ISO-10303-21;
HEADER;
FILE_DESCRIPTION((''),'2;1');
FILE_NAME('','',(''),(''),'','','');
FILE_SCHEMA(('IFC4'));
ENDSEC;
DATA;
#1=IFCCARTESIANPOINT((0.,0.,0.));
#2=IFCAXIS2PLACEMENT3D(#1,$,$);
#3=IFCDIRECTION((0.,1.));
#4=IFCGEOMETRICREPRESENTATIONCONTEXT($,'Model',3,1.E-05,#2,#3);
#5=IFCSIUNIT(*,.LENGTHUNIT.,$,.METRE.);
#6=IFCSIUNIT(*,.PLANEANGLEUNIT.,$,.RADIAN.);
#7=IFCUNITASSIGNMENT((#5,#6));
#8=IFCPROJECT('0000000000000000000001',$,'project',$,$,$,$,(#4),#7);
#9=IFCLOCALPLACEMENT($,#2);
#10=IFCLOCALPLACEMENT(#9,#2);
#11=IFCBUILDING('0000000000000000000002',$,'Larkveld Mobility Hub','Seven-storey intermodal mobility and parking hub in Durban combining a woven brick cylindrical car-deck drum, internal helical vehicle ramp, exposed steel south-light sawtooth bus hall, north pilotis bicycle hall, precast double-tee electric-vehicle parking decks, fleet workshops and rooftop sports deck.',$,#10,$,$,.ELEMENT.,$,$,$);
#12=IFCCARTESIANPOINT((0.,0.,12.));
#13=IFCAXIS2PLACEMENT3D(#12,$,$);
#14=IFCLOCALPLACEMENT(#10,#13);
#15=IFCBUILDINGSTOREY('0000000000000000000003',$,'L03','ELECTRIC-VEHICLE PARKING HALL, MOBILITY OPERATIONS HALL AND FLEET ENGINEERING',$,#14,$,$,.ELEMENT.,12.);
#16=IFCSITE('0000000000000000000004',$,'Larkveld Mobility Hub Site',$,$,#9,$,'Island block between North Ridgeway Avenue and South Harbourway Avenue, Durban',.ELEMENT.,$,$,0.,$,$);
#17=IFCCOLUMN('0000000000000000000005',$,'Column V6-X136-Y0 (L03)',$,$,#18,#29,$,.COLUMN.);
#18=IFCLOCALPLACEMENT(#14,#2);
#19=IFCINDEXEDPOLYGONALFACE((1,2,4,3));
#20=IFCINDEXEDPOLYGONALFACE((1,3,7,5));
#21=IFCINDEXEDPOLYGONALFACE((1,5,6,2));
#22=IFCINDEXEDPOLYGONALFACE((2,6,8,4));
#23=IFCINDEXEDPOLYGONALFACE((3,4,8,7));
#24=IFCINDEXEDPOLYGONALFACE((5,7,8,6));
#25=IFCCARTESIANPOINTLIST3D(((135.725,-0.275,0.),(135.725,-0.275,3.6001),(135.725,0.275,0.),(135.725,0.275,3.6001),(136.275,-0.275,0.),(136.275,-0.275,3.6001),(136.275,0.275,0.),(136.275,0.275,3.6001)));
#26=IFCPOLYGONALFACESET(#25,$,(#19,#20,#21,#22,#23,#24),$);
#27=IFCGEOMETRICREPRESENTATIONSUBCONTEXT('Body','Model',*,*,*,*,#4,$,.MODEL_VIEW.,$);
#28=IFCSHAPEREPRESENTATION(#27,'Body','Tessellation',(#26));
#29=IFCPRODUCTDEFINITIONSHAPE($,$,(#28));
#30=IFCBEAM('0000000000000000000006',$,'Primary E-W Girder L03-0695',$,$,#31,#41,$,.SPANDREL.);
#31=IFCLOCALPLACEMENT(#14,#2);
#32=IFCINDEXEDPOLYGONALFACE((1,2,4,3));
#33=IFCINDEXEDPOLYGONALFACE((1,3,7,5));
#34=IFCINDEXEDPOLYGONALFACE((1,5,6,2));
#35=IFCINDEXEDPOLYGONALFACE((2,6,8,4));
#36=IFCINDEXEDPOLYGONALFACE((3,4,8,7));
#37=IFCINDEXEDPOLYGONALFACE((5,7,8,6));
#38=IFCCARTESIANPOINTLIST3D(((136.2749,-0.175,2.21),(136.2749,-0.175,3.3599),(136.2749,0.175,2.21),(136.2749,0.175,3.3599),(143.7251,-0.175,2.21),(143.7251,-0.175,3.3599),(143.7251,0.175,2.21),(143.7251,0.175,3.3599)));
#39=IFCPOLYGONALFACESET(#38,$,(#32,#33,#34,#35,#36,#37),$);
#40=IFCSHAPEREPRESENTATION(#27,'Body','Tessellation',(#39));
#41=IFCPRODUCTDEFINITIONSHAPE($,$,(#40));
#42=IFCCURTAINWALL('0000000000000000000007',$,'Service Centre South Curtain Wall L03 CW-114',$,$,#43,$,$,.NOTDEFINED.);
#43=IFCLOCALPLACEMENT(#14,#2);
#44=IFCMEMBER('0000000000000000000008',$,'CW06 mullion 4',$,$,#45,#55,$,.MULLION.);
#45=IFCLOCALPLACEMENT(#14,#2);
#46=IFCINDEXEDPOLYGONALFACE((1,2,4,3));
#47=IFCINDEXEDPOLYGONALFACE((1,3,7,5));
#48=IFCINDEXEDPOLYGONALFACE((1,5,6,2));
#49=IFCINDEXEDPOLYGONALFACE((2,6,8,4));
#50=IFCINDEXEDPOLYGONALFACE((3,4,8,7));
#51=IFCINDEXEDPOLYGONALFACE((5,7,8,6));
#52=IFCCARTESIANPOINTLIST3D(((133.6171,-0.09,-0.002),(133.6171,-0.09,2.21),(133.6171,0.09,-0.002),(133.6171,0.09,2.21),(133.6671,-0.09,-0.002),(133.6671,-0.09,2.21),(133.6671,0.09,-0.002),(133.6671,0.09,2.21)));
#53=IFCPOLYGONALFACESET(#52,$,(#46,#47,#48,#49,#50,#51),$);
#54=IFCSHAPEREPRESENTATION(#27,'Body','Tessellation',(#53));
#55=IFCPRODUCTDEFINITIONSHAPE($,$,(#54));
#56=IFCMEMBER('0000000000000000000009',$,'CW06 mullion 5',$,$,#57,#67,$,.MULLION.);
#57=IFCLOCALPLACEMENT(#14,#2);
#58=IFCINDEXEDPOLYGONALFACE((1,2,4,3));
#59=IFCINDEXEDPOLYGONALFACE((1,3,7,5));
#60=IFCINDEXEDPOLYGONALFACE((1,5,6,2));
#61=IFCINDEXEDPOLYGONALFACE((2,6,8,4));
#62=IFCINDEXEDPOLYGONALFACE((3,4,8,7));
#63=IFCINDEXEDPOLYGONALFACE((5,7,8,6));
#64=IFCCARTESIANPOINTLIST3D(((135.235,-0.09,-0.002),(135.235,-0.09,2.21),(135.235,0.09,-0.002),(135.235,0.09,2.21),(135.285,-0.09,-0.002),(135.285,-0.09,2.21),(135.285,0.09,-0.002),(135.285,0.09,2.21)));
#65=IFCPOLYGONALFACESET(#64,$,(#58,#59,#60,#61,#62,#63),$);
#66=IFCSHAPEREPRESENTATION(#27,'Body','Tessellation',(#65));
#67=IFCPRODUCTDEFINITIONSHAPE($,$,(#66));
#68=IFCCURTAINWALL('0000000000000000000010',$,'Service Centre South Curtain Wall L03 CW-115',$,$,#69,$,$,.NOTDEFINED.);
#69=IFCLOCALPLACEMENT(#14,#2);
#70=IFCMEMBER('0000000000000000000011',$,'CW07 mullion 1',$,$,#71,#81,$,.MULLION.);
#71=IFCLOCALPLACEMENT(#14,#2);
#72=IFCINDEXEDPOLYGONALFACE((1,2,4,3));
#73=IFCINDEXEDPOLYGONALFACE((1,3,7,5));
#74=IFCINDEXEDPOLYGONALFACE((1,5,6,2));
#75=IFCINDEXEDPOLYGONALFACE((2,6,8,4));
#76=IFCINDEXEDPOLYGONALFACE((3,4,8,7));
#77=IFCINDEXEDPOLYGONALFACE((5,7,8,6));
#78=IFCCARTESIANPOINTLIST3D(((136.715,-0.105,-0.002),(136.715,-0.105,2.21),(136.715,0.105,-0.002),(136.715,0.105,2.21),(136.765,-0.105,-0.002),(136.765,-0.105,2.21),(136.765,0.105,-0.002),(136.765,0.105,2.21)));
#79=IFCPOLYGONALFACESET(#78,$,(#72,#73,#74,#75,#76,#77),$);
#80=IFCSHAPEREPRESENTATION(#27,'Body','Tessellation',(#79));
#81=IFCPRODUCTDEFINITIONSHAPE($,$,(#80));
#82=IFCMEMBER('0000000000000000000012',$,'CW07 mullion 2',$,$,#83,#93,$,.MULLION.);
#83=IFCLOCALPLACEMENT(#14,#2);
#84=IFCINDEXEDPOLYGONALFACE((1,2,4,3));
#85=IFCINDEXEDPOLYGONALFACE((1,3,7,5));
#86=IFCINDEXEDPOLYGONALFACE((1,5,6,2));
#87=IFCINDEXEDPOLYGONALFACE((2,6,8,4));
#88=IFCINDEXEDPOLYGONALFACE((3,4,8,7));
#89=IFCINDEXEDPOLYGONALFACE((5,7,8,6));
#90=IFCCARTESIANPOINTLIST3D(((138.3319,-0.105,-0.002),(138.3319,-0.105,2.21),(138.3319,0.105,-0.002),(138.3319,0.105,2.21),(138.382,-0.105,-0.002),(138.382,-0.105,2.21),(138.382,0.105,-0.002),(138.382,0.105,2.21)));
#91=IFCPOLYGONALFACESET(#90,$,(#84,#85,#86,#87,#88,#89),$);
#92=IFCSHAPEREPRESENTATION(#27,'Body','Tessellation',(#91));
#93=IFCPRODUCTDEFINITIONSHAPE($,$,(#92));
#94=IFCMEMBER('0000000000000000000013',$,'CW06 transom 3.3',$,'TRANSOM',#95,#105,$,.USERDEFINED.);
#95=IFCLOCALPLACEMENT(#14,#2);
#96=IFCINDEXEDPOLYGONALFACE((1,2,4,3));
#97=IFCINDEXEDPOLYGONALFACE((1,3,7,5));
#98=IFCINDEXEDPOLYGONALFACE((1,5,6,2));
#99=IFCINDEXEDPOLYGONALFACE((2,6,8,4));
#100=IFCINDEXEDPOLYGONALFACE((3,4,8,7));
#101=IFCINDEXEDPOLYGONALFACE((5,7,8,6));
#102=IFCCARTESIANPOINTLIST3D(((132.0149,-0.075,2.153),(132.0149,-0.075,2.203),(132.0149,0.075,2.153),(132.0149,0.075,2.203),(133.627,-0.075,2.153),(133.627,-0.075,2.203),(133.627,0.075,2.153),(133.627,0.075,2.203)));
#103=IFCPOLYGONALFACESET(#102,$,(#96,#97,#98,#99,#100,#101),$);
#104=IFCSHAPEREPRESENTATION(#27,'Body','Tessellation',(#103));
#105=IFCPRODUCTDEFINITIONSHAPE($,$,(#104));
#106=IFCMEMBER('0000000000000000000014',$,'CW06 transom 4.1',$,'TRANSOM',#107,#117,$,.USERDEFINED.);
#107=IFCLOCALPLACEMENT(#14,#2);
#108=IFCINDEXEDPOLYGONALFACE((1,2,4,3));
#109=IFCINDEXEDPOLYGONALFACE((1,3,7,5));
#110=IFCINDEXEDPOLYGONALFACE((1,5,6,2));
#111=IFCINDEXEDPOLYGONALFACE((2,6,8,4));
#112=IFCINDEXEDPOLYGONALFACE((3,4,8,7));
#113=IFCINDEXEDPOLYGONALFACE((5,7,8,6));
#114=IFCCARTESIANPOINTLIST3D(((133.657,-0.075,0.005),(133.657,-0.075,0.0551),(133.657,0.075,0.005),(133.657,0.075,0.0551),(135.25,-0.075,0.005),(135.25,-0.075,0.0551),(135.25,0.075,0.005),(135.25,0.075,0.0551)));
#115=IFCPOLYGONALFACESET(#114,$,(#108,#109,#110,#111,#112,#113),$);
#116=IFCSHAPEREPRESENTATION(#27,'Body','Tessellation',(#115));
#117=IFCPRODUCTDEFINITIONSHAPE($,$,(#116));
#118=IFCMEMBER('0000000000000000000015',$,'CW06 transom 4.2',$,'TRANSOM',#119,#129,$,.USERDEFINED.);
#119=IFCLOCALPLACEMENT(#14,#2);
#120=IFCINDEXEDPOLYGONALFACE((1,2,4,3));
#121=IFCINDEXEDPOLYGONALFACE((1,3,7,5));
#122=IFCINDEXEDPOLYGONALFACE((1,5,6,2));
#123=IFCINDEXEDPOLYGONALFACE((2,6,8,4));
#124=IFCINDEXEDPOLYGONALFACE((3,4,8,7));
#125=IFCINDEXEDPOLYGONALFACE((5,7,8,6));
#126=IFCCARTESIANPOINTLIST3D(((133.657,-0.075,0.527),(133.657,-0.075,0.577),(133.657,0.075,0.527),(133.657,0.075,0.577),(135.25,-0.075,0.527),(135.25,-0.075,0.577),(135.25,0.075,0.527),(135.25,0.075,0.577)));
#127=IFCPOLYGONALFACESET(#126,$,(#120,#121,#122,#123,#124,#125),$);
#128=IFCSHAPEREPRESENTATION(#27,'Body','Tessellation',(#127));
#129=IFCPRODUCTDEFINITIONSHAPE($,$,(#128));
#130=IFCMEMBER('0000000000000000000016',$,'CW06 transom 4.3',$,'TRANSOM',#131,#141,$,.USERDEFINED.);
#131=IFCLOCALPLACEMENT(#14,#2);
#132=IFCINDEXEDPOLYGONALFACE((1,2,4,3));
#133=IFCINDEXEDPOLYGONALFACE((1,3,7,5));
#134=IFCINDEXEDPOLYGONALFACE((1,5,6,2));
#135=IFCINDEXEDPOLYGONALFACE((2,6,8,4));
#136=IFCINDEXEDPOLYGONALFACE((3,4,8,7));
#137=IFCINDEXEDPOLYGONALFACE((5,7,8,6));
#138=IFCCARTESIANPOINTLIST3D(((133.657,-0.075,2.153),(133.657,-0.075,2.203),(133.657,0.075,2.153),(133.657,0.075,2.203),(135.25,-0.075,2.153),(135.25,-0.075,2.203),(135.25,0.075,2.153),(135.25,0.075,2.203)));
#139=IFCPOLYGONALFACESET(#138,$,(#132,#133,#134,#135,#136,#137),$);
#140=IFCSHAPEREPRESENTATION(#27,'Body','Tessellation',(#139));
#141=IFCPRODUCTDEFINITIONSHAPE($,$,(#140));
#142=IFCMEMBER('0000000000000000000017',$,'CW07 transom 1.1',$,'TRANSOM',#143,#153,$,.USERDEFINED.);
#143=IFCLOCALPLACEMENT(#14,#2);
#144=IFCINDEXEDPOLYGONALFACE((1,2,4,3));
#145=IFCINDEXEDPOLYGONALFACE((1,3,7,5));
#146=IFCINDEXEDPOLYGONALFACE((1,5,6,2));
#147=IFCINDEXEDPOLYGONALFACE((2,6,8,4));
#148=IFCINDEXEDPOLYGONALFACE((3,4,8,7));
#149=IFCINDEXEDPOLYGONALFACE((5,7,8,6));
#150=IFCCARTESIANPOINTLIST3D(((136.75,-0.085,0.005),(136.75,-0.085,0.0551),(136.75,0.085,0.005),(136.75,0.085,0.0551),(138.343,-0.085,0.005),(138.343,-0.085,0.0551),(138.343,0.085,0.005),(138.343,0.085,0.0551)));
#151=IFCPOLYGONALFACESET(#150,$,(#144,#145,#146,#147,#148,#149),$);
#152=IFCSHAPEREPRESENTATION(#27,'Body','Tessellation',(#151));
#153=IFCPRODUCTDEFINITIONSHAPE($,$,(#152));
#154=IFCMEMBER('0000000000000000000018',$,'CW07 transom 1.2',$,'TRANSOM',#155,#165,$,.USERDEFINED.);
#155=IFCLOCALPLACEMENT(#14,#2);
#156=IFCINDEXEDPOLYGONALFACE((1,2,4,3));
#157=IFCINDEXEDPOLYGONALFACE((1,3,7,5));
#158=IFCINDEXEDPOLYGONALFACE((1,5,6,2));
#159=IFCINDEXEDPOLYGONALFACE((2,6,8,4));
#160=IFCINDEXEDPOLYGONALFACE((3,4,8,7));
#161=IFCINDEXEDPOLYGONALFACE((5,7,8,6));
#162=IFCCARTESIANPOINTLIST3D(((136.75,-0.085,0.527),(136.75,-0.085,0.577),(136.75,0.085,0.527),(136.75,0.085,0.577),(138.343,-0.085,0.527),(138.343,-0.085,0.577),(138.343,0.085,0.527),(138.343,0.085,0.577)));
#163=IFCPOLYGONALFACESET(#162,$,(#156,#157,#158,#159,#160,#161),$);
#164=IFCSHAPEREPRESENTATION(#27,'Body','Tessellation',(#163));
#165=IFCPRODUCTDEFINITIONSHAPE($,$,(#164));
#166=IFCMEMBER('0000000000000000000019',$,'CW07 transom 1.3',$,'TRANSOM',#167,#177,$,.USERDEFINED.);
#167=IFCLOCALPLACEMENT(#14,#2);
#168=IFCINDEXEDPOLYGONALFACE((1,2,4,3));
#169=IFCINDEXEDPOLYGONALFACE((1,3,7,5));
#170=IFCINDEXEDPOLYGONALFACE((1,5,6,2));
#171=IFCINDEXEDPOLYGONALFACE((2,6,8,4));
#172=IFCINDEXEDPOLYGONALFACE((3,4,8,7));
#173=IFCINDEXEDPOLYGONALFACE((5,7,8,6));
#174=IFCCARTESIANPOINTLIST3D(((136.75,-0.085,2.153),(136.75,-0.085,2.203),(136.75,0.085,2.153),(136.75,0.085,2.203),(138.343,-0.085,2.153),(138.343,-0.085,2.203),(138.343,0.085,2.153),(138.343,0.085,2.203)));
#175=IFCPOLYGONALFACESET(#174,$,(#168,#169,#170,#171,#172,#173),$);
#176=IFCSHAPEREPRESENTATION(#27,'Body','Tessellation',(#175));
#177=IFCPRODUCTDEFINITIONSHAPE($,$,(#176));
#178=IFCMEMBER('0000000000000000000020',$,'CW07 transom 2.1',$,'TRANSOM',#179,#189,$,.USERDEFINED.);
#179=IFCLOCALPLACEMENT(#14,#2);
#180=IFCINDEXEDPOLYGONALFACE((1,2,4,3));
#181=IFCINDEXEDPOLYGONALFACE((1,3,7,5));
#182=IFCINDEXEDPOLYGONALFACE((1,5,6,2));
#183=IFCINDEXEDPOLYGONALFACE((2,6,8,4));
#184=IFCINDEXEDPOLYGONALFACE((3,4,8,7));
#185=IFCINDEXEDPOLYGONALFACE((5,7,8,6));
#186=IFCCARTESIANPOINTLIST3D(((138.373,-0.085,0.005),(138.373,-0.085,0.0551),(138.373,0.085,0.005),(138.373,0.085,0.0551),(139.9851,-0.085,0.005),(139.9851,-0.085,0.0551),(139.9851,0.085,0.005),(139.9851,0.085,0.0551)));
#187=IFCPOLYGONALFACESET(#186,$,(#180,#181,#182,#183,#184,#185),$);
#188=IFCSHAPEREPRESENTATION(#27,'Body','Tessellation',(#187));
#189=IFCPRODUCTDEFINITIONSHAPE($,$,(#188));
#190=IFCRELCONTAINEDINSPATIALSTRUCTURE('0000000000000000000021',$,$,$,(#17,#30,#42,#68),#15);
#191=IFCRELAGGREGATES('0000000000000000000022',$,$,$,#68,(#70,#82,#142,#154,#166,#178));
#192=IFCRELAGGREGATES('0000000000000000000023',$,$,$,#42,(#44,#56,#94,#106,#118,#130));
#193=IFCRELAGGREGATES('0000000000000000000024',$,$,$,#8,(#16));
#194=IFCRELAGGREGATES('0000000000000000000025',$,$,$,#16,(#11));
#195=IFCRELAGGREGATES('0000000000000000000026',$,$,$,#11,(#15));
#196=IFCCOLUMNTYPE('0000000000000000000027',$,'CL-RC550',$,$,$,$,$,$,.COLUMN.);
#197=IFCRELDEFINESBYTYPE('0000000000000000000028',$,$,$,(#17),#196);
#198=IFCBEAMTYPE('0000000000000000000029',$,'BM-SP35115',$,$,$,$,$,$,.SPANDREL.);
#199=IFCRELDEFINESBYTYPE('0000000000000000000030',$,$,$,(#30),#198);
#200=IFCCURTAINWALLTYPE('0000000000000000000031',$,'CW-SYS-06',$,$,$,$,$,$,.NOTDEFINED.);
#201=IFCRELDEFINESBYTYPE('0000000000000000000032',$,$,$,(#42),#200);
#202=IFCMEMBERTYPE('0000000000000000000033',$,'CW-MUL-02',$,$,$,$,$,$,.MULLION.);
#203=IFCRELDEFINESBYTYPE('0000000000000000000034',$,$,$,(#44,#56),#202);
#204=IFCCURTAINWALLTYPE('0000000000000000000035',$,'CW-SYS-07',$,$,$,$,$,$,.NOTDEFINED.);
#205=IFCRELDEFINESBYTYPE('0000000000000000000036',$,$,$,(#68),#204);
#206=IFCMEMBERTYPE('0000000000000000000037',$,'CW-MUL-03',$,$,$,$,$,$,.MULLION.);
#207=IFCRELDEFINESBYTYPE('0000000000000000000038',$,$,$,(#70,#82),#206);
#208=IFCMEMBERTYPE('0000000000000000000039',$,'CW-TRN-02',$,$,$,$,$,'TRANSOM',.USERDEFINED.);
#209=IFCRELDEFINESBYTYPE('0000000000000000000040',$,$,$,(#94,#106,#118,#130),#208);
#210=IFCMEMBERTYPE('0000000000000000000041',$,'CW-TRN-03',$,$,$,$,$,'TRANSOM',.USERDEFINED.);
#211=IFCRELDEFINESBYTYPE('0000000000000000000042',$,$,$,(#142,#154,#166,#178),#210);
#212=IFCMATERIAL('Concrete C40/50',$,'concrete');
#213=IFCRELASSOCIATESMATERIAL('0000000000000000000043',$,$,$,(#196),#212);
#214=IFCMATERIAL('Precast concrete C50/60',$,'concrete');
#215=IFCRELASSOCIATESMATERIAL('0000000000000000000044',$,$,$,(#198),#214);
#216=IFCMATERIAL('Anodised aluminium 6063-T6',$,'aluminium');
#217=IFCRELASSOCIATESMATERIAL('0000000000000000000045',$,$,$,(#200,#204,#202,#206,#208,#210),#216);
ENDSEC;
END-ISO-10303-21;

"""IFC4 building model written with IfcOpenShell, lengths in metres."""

from ifc_helpers import new_model, si_unit, direction, frame, origin, origin_2d, place, context, subcontext, project, spatial, rectangle, extrude, material, material_profile, profile_set, type_object, element, aggregate, save


model = new_model("IFC4")

# Units and contexts
model_context = context("Model", 3, precision=1e-05, world=origin(), true_north=direction((0.0, 1.0)))
body_context = subcontext(model_context, "Body", "Model", "MODEL_VIEW")
ifc_project = project(units=[si_unit("LENGTHUNIT", "METRE"), si_unit("PLANEANGLEUNIT", "RADIAN")], contexts=[model_context])

# Site, building, storey
site_placement = place(None, origin())
site = spatial("IfcSite", under=ifc_project, at=site_placement, Name="Larkveld Mobility Hub Site", LongName="Island block between North Ridgeway Avenue and South Harbourway Avenue, Durban", CompositionType="ELEMENT", RefElevation=0.0)
building_placement = place(site_placement, origin())
building = spatial("IfcBuilding", under=site, at=building_placement, Name="Larkveld Mobility Hub", Description="Seven-storey intermodal mobility and parking hub in Durban combining a woven brick cylindrical car-deck drum, internal helical vehicle ramp, exposed steel south-light sawtooth bus hall, north pilotis bicycle hall, precast double-tee electric-vehicle parking decks, fleet workshops and rooftop sports deck.", CompositionType="ELEMENT")
storey_placement = place(building_placement, frame((0.0, 0.0, 12.0)))
storey = spatial("IfcBuildingStorey", under=building, at=storey_placement, Name="L03", Description="ELECTRIC-VEHICLE PARKING HALL, MOBILITY OPERATIONS HALL AND FLEET ENGINEERING", CompositionType="ELEMENT", Elevation=12.0)

# Column
ifc_material_1 = material(Name="Concrete C40/50", Category="concrete")
ifc_material_profile_1 = material_profile(ifc_material_1, rectangle(XDim=0.55, YDim=0.55, at=origin_2d()), Name="RC COL 550x550")
ifc_profile_set_1 = profile_set([ifc_material_profile_1], Name="Concrete C40/50")
column_type = type_object("IfcColumnType", Name="CL-RC550", PredefinedType="COLUMN", material=ifc_profile_set_1)
column_placement = place(storey_placement, frame((136.0, 0.0, 0.0), z_axis=(0.0, 0.0, 1.0), x_axis=(1.0, 0.0, 0.0)))
element("IfcColumn", 1, at=column_placement, inside=storey, type_object=column_type, Name="Column V6-X136-Y0 (L03)", PredefinedType="COLUMN", context=body_context, shape_type="SweptSolid", body=[
    extrude(rectangle(XDim=0.55, YDim=0.55, at=origin_2d()), origin(), (0.0, 0.0, 1.0), 3.6001),
])

# Beam
ifc_material_2 = material(Name="Precast concrete C50/60", Category="concrete")
ifc_material_profile_2 = material_profile(ifc_material_2, rectangle(XDim=0.3501, YDim=1.1499, at=origin_2d()), Name="PC SP 350x1150")
ifc_profile_set_2 = profile_set([ifc_material_profile_2], Name="Precast concrete C50/60")
beam_type = type_object("IfcBeamType", Name="BM-SP35115", PredefinedType="SPANDREL", material=ifc_profile_set_2)
beam_placement = place(storey_placement, frame((136.2749, 0.0, 2.7849), z_axis=(1.0, 0.0, 0.0), x_axis=(0.0, 1.0, 0.0)))
element("IfcBeam", 2, at=beam_placement, inside=storey, type_object=beam_type, Name="Primary E-W Girder L03-0695", PredefinedType="SPANDREL", context=body_context, shape_type="SweptSolid", body=[
    extrude(rectangle(XDim=0.3501, YDim=1.1499, at=origin_2d()), origin(), (0.0, 0.0, 1.0), 7.4502),
])

# Curtain walls, members
ifc_material_3 = material(Name="Anodised aluminium 6063-T6", Category="aluminium")
curtain_wall_type_1 = type_object("IfcCurtainWallType", Name="CW-SYS-06", PredefinedType="NOTDEFINED", material=ifc_material_3)
curtain_wall_1_placement = place(storey_placement, origin())
curtain_wall_1 = element("IfcCurtainWall", 3, at=curtain_wall_1_placement, inside=storey, type_object=curtain_wall_type_1, Name="Service Centre South Curtain Wall L03 CW-114", PredefinedType="NOTDEFINED")
ifc_material_profile_3 = material_profile(ifc_material_3, rectangle(XDim=0.05, YDim=0.1799, at=origin_2d()), Name="ALU MULL 50x180")
ifc_profile_set_3 = profile_set([ifc_material_profile_3], Name="Anodised aluminium 6063-T6")
member_type_1 = type_object("IfcMemberType", Name="CW-MUL-02", PredefinedType="MULLION", material=ifc_profile_set_3)
member_1_placement = place(storey_placement, frame((133.6421, 0.0, -0.002), z_axis=(0.0, 0.0, 1.0), x_axis=(1.0, 0.0, 0.0)))
member_1 = element("IfcMember", 4, at=member_1_placement, type_object=member_type_1, Name="CW06 mullion 4", PredefinedType="MULLION", context=body_context, shape_type="SweptSolid", body=[
    extrude(rectangle(XDim=0.05, YDim=0.1799, at=origin_2d()), origin(), (0.0, 0.0, 1.0), 2.2119),
])
member_2_placement = place(storey_placement, frame((135.26, 0.0, -0.002), z_axis=(0.0, 0.0, 1.0), x_axis=(1.0, 0.0, 0.0)))
member_2 = element("IfcMember", 5, at=member_2_placement, type_object=member_type_1, Name="CW06 mullion 5", PredefinedType="MULLION", context=body_context, shape_type="SweptSolid", body=[
    extrude(rectangle(XDim=0.05, YDim=0.1799, at=origin_2d()), origin(), (0.0, 0.0, 1.0), 2.2119),
])
curtain_wall_type_2 = type_object("IfcCurtainWallType", Name="CW-SYS-07", PredefinedType="NOTDEFINED", material=ifc_material_3)
curtain_wall_2_placement = place(storey_placement, origin())
curtain_wall_2 = element("IfcCurtainWall", 6, at=curtain_wall_2_placement, inside=storey, type_object=curtain_wall_type_2, Name="Service Centre South Curtain Wall L03 CW-115", PredefinedType="NOTDEFINED")
ifc_material_profile_4 = material_profile(ifc_material_3, rectangle(XDim=0.05, YDim=0.21, at=origin_2d()), Name="ALU MULL 50x210")
ifc_profile_set_4 = profile_set([ifc_material_profile_4], Name="Anodised aluminium 6063-T6")
member_type_2 = type_object("IfcMemberType", Name="CW-MUL-03", PredefinedType="MULLION", material=ifc_profile_set_4)
member_3_placement = place(storey_placement, frame((136.74, 0.0, -0.002), z_axis=(0.0, 0.0, 1.0), x_axis=(1.0, 0.0, 0.0)))
member_3 = element("IfcMember", 7, at=member_3_placement, type_object=member_type_2, Name="CW07 mullion 1", PredefinedType="MULLION", context=body_context, shape_type="SweptSolid", body=[
    extrude(rectangle(XDim=0.05, YDim=0.21, at=origin_2d()), origin(), (0.0, 0.0, 1.0), 2.2119),
])
member_4_placement = place(storey_placement, frame((138.3569, 0.0, -0.002), z_axis=(0.0, 0.0, 1.0), x_axis=(1.0, 0.0, 0.0)))
member_4 = element("IfcMember", 8, at=member_4_placement, type_object=member_type_2, Name="CW07 mullion 2", PredefinedType="MULLION", context=body_context, shape_type="SweptSolid", body=[
    extrude(rectangle(XDim=0.05, YDim=0.21, at=origin_2d()), origin(), (0.0, 0.0, 1.0), 2.2119),
])

# Members
ifc_material_profile_5 = material_profile(ifc_material_3, rectangle(XDim=0.1499, YDim=0.05, at=origin_2d()), Name="ALU TRAN 50x150")
ifc_profile_set_5 = profile_set([ifc_material_profile_5], Name="Anodised aluminium 6063-T6")
member_type_3 = type_object("IfcMemberType", Name="CW-TRN-02", ElementType="TRANSOM", PredefinedType="USERDEFINED", material=ifc_profile_set_5)
member_5_placement = place(storey_placement, frame((132.0149, 0.0, 2.178), z_axis=(1.0, 0.0, 0.0), x_axis=(0.0, 1.0, 0.0)))
member_5 = element("IfcMember", 9, at=member_5_placement, type_object=member_type_3, Name="CW06 transom 3.3", ObjectType="TRANSOM", PredefinedType="USERDEFINED", context=body_context, shape_type="SweptSolid", body=[
    extrude(rectangle(XDim=0.1499, YDim=0.05, at=origin_2d()), origin(), (0.0, 0.0, 1.0), 1.6121),
])
member_6_placement = place(storey_placement, frame((133.657, 0.0, 0.03), z_axis=(1.0, 0.0, 0.0), x_axis=(0.0, 1.0, 0.0)))
member_6 = element("IfcMember", 10, at=member_6_placement, type_object=member_type_3, Name="CW06 transom 4.1", ObjectType="TRANSOM", PredefinedType="USERDEFINED", context=body_context, shape_type="SweptSolid", body=[
    extrude(rectangle(XDim=0.1499, YDim=0.05, at=origin_2d()), origin(), (0.0, 0.0, 1.0), 1.593),
])
member_7_placement = place(storey_placement, frame((133.657, 0.0, 0.552), z_axis=(1.0, 0.0, 0.0), x_axis=(0.0, 1.0, 0.0)))
member_7 = element("IfcMember", 11, at=member_7_placement, type_object=member_type_3, Name="CW06 transom 4.2", ObjectType="TRANSOM", PredefinedType="USERDEFINED", context=body_context, shape_type="SweptSolid", body=[
    extrude(rectangle(XDim=0.1499, YDim=0.05, at=origin_2d()), origin(), (0.0, 0.0, 1.0), 1.593),
])
member_8_placement = place(storey_placement, frame((133.657, 0.0, 2.178), z_axis=(1.0, 0.0, 0.0), x_axis=(0.0, 1.0, 0.0)))
member_8 = element("IfcMember", 12, at=member_8_placement, type_object=member_type_3, Name="CW06 transom 4.3", ObjectType="TRANSOM", PredefinedType="USERDEFINED", context=body_context, shape_type="SweptSolid", body=[
    extrude(rectangle(XDim=0.1499, YDim=0.05, at=origin_2d()), origin(), (0.0, 0.0, 1.0), 1.593),
])
ifc_material_profile_6 = material_profile(ifc_material_3, rectangle(XDim=0.1699, YDim=0.05, at=origin_2d()), Name="ALU TRAN 50x170")
ifc_profile_set_6 = profile_set([ifc_material_profile_6], Name="Anodised aluminium 6063-T6")
member_type_4 = type_object("IfcMemberType", Name="CW-TRN-03", ElementType="TRANSOM", PredefinedType="USERDEFINED", material=ifc_profile_set_6)
member_9_placement = place(storey_placement, frame((136.75, 0.0, 0.03), z_axis=(1.0, 0.0, 0.0), x_axis=(0.0, 1.0, 0.0)))
member_9 = element("IfcMember", 13, at=member_9_placement, type_object=member_type_4, Name="CW07 transom 1.1", ObjectType="TRANSOM", PredefinedType="USERDEFINED", context=body_context, shape_type="SweptSolid", body=[
    extrude(rectangle(XDim=0.1699, YDim=0.05, at=origin_2d()), origin(), (0.0, 0.0, 1.0), 1.593),
])
member_10_placement = place(storey_placement, frame((136.75, 0.0, 0.552), z_axis=(1.0, 0.0, 0.0), x_axis=(0.0, 1.0, 0.0)))
member_10 = element("IfcMember", 14, at=member_10_placement, type_object=member_type_4, Name="CW07 transom 1.2", ObjectType="TRANSOM", PredefinedType="USERDEFINED", context=body_context, shape_type="SweptSolid", body=[
    extrude(rectangle(XDim=0.1699, YDim=0.05, at=origin_2d()), origin(), (0.0, 0.0, 1.0), 1.593),
])
member_11_placement = place(storey_placement, frame((136.75, 0.0, 2.178), z_axis=(1.0, 0.0, 0.0), x_axis=(0.0, 1.0, 0.0)))
member_11 = element("IfcMember", 15, at=member_11_placement, type_object=member_type_4, Name="CW07 transom 1.3", ObjectType="TRANSOM", PredefinedType="USERDEFINED", context=body_context, shape_type="SweptSolid", body=[
    extrude(rectangle(XDim=0.1699, YDim=0.05, at=origin_2d()), origin(), (0.0, 0.0, 1.0), 1.593),
])
member_12_placement = place(storey_placement, frame((138.373, 0.0, 0.03), z_axis=(1.0, 0.0, 0.0), x_axis=(0.0, 1.0, 0.0)))
member_12 = element("IfcMember", 16, at=member_12_placement, type_object=member_type_4, Name="CW07 transom 2.1", ObjectType="TRANSOM", PredefinedType="USERDEFINED", context=body_context, shape_type="SweptSolid", body=[
    extrude(rectangle(XDim=0.1699, YDim=0.05, at=origin_2d()), origin(), (0.0, 0.0, 1.0), 1.6121),
])

aggregate(curtain_wall_2, [member_3, member_4, member_9, member_10, member_11, member_12])
aggregate(curtain_wall_1, [member_1, member_2, member_5, member_6, member_7, member_8])

save(model, "model.ifc")
